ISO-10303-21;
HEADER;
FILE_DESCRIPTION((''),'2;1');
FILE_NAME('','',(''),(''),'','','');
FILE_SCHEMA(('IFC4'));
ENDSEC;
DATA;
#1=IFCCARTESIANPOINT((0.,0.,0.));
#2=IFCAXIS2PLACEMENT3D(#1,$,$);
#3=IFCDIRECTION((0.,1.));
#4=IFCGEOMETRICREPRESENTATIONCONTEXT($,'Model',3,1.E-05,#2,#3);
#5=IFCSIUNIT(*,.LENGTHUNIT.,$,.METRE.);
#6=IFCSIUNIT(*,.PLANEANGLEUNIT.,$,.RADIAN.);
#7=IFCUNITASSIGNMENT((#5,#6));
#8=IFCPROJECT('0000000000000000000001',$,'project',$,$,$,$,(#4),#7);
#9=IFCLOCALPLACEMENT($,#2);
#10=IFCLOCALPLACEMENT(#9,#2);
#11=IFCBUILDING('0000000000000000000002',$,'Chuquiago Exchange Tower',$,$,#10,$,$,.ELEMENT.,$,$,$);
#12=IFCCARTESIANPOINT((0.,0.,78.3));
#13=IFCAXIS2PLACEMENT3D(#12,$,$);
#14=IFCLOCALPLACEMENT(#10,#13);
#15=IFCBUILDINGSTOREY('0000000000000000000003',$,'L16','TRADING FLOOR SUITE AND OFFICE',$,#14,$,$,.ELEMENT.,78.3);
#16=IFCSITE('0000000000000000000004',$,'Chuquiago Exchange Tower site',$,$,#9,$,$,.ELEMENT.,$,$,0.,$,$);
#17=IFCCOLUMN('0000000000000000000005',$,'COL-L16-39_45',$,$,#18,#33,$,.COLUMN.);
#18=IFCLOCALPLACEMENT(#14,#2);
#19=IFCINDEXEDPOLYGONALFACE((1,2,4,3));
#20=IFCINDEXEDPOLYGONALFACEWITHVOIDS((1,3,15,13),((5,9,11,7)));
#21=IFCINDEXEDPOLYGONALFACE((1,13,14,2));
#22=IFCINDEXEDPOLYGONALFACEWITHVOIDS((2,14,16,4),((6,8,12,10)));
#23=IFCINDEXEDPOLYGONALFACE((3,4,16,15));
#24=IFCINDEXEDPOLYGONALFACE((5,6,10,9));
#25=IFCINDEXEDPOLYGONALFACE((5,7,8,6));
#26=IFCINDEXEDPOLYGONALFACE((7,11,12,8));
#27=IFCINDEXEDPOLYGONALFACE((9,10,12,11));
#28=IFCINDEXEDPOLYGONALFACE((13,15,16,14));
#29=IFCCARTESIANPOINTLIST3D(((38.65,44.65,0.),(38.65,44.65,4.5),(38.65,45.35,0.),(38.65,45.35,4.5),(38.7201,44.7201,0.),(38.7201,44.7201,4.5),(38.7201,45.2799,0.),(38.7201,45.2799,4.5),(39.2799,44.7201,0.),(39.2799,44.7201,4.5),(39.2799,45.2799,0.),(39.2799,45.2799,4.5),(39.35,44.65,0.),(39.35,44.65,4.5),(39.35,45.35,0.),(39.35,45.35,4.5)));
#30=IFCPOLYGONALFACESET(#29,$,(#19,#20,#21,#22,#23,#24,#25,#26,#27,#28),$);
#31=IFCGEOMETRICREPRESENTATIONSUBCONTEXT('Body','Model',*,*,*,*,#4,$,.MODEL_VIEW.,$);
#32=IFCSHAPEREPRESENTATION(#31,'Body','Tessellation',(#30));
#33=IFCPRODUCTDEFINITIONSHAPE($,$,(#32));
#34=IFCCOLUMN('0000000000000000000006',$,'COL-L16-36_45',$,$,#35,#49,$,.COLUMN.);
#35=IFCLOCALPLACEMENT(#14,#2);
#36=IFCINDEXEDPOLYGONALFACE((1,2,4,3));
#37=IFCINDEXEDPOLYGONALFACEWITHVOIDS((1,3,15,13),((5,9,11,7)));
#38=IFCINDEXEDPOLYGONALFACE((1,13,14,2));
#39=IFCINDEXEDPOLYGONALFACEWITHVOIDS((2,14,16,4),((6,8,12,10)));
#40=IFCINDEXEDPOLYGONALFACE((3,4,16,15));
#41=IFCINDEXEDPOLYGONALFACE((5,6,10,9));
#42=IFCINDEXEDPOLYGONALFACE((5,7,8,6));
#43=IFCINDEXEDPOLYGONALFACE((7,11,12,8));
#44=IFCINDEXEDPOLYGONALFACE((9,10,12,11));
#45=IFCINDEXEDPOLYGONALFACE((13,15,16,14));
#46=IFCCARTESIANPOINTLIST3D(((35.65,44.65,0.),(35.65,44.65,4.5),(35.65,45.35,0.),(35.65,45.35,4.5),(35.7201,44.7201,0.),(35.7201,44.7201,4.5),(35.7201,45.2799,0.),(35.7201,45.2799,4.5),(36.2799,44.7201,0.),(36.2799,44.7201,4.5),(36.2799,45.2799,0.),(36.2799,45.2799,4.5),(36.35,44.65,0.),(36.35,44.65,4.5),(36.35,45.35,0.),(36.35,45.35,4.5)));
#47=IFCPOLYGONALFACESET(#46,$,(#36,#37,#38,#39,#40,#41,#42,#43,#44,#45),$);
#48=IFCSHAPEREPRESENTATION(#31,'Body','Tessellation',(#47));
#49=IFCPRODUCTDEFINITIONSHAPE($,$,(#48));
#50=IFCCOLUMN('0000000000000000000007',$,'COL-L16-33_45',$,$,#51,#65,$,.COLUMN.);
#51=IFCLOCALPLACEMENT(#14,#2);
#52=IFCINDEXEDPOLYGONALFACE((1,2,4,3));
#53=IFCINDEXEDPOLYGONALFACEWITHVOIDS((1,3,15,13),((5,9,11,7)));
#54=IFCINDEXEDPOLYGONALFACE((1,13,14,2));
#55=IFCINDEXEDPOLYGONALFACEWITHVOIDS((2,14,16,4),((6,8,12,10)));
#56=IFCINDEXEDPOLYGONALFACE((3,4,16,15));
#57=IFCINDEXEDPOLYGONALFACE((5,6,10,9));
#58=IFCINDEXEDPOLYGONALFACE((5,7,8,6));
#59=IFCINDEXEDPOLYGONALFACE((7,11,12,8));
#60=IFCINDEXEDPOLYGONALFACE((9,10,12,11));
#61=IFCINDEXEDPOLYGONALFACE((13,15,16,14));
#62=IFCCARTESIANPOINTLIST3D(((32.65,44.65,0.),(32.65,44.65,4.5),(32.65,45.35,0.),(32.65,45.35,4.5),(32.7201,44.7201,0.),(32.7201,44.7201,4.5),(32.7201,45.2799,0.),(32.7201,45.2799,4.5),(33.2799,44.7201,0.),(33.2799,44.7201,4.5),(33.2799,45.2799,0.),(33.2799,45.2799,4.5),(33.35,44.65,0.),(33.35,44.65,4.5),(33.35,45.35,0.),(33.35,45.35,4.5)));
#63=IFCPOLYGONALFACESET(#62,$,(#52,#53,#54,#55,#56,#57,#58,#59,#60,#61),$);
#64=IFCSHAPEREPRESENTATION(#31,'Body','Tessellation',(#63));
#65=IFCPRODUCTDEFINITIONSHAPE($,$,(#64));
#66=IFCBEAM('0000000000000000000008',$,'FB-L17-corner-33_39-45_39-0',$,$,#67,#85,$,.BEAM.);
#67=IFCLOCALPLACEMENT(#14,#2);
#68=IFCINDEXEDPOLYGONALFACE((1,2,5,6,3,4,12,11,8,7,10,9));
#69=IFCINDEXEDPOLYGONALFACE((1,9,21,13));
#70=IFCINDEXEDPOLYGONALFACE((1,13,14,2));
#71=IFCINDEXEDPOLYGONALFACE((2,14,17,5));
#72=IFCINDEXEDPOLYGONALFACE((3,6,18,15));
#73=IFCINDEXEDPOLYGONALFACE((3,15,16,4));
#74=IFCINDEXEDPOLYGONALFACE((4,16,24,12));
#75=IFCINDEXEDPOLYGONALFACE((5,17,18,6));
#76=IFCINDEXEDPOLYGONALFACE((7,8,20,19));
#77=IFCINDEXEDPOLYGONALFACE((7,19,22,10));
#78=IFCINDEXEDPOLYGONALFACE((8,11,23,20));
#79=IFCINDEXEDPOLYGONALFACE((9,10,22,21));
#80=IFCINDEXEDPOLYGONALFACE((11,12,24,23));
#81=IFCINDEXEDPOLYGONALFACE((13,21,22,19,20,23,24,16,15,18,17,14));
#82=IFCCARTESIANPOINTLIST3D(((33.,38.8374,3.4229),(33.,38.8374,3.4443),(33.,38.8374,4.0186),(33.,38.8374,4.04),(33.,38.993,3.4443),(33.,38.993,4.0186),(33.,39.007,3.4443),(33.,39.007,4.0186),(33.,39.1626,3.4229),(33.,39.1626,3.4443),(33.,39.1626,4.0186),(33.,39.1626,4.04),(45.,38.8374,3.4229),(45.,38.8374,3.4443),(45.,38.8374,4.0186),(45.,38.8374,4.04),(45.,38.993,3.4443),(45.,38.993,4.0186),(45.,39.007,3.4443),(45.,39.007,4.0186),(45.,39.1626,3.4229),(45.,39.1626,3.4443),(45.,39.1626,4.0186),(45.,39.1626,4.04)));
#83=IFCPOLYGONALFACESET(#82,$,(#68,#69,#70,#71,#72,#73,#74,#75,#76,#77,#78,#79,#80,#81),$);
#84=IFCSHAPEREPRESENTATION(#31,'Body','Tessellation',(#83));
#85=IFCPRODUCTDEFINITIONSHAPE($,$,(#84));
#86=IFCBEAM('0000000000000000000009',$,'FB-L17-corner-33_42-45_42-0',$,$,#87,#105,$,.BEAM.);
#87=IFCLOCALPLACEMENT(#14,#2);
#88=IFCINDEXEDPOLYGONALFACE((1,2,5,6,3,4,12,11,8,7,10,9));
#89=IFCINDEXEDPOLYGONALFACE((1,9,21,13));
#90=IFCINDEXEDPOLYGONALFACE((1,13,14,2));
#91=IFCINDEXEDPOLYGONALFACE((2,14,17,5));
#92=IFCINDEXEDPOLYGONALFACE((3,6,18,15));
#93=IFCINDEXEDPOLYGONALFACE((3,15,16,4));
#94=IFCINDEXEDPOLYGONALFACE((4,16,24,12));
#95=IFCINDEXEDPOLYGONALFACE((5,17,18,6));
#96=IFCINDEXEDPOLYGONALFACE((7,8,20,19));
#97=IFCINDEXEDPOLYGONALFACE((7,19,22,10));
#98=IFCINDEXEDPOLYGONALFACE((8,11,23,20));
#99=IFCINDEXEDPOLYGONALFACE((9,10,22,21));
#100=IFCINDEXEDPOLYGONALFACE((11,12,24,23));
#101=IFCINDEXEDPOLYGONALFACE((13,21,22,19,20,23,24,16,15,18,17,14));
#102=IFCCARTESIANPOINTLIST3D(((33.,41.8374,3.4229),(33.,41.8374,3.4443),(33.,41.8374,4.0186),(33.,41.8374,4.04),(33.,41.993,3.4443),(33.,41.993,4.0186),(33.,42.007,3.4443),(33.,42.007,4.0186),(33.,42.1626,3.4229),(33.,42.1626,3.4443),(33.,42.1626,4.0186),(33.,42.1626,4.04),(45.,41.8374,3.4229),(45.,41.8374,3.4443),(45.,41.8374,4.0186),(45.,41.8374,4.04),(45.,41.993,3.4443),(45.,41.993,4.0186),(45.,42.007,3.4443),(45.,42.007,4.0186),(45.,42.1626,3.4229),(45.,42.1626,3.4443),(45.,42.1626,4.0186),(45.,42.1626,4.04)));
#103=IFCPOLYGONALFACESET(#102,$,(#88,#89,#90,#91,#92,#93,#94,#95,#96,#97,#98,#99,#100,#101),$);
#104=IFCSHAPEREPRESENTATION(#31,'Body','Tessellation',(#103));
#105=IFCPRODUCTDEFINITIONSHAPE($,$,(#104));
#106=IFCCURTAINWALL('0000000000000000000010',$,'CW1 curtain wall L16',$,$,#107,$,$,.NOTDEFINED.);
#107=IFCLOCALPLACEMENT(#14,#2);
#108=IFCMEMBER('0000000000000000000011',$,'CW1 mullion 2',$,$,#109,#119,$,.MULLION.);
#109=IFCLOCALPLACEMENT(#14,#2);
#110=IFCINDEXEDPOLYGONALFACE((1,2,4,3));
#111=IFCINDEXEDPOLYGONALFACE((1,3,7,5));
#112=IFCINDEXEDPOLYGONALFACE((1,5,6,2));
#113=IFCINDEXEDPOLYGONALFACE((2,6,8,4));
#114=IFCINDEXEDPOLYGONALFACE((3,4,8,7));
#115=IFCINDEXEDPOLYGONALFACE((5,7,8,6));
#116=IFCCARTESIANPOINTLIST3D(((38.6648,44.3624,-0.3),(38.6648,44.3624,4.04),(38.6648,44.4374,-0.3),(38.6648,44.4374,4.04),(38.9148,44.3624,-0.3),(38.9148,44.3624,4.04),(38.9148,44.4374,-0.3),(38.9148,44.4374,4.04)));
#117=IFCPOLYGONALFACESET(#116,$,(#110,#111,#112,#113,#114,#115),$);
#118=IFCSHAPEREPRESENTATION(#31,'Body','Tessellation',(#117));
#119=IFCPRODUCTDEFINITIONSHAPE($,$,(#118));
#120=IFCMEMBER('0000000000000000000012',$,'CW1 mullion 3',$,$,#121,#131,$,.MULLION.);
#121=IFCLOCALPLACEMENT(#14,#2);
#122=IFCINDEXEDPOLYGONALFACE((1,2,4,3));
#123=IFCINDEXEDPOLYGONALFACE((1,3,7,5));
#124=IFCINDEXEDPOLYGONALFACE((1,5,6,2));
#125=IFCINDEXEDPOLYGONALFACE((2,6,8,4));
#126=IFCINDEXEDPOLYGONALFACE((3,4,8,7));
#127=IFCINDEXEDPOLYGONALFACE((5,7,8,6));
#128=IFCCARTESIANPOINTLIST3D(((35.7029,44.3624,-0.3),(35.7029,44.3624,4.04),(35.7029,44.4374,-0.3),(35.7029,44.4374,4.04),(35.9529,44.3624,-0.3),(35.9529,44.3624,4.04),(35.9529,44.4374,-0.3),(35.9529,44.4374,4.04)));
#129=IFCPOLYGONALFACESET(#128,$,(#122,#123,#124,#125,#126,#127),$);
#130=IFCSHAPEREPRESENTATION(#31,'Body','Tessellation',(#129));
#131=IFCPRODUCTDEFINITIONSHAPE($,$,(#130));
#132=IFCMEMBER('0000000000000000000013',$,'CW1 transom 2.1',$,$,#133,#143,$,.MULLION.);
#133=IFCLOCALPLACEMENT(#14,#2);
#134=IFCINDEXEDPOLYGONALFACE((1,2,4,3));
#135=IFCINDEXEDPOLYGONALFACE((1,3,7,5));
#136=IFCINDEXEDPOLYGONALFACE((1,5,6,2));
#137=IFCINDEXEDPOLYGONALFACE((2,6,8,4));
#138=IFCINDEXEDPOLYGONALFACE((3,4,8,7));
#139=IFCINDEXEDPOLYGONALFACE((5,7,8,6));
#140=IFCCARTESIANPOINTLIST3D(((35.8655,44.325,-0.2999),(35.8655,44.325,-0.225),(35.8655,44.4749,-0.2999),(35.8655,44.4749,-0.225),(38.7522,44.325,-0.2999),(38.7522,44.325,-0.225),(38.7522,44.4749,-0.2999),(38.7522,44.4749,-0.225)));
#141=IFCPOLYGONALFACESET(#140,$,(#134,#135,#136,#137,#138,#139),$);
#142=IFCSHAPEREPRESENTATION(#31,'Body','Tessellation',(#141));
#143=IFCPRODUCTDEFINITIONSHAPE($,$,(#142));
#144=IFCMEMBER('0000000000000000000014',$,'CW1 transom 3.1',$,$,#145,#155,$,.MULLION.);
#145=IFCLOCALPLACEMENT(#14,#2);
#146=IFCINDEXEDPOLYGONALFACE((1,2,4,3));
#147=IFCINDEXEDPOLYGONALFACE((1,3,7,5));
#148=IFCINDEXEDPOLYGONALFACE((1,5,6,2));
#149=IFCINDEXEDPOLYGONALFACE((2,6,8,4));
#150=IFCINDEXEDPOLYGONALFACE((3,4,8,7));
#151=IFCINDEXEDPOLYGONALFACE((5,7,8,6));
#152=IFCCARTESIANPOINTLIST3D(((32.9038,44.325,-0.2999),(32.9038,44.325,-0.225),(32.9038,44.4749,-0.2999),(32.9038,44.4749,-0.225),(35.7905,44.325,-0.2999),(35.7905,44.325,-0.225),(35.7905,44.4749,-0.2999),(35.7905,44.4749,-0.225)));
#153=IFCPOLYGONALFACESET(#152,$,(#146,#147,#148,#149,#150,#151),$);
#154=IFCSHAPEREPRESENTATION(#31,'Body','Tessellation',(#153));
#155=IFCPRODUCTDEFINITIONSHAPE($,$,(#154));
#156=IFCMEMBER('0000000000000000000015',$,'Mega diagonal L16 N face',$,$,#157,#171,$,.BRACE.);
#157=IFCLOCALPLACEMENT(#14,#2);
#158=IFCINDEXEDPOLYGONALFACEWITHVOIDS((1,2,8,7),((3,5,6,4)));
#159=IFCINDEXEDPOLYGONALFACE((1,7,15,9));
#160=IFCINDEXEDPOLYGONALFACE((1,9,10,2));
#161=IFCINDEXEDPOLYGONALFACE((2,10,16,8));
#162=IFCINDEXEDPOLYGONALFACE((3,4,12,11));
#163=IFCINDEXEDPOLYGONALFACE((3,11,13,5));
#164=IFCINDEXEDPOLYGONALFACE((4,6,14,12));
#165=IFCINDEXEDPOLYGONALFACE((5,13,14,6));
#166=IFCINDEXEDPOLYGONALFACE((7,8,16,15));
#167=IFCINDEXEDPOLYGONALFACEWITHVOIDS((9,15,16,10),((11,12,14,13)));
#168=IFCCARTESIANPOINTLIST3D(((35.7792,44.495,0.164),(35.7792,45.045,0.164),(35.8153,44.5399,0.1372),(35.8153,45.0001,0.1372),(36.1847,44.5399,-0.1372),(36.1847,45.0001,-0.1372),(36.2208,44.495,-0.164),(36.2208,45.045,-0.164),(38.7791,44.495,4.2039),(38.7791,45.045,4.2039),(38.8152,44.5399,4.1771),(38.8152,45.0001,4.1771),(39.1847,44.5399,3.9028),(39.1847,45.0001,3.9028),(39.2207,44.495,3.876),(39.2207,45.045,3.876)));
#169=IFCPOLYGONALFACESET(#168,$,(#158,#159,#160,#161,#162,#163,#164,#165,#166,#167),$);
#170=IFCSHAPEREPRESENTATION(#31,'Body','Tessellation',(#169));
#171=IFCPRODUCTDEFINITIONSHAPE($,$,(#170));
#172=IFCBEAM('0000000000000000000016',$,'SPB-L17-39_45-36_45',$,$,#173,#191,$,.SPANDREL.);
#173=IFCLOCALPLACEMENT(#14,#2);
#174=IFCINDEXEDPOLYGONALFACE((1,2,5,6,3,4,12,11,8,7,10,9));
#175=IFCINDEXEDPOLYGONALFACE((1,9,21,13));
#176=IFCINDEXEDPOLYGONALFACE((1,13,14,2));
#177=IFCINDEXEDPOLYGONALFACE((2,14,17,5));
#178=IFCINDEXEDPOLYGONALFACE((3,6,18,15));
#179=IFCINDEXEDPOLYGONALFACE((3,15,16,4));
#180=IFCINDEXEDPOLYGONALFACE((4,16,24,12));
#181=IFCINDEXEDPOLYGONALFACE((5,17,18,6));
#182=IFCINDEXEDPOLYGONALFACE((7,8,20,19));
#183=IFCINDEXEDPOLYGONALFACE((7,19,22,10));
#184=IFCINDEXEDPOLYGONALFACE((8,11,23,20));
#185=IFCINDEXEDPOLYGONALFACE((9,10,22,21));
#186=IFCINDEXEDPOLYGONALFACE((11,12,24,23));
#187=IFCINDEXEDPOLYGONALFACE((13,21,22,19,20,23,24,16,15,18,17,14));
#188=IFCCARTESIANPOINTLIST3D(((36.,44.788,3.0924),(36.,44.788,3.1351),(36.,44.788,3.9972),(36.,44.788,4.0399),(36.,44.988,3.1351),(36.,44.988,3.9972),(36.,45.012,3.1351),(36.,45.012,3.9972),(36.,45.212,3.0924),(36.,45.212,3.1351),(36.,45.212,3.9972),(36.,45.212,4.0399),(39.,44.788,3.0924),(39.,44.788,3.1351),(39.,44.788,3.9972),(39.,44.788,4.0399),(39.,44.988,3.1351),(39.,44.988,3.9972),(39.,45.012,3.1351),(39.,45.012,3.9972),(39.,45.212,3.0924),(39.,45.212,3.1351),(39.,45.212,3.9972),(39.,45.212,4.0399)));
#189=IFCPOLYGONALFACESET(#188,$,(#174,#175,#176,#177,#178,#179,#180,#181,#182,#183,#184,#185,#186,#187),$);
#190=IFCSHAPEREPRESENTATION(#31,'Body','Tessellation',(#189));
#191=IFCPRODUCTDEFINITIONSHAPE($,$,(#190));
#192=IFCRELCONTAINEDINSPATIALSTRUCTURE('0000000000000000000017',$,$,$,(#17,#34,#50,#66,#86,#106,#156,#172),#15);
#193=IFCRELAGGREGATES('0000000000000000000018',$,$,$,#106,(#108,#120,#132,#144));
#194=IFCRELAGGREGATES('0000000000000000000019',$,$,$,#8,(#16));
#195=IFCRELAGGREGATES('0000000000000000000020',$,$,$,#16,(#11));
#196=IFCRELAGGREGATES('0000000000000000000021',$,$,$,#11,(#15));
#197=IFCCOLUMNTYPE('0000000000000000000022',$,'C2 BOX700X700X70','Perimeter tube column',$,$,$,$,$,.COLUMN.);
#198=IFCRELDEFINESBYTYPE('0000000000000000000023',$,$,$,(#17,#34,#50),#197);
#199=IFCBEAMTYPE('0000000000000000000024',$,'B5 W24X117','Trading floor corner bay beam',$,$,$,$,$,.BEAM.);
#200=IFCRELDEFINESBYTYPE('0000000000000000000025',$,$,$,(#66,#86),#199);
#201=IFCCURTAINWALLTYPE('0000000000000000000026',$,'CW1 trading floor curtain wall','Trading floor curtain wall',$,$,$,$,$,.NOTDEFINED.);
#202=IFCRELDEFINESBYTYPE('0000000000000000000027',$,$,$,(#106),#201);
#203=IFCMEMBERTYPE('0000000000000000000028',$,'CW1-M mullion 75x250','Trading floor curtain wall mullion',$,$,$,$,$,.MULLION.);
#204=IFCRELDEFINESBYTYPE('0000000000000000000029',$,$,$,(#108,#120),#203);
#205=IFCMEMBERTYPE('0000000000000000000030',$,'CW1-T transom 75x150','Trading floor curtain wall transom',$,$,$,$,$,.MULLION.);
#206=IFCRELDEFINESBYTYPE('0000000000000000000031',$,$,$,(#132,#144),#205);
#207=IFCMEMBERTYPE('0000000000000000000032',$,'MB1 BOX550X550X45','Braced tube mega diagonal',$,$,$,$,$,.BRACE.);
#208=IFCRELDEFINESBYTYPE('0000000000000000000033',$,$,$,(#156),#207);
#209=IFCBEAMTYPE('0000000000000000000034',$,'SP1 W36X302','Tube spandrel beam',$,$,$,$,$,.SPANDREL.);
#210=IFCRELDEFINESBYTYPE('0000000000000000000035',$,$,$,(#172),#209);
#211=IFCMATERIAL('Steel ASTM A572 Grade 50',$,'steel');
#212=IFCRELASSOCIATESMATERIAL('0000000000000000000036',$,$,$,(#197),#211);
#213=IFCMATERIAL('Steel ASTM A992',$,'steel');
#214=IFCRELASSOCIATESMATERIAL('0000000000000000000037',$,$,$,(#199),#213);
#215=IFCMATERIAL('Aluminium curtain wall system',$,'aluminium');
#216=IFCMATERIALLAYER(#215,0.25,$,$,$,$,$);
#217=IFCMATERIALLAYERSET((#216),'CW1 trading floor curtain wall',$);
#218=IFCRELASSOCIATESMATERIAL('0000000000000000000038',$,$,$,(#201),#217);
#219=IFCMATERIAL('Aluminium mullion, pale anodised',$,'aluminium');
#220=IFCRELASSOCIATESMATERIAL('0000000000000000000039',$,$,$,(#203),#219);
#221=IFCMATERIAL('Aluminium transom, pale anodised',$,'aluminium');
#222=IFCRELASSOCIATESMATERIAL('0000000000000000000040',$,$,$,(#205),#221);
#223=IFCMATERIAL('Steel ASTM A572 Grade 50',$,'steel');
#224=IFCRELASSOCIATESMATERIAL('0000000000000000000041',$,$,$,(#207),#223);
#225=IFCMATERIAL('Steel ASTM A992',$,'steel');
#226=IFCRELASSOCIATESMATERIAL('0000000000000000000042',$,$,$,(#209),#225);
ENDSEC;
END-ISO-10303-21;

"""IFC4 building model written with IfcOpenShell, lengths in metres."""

from ifc_helpers import new_model, si_unit, direction, frame, origin, origin_2d, place, context, subcontext, project, spatial, rectangle, hollow_rectangle, i_section, extrude, material, layer, layer_set, material_profile, profile_set, type_object, element, aggregate, save


model = new_model("IFC4")

# Units and contexts
model_context = context("Model", 3, precision=1e-05, world=origin(), true_north=direction((0.0, 1.0)))
body_context = subcontext(model_context, "Body", "Model", "MODEL_VIEW")
ifc_project = project(units=[si_unit("LENGTHUNIT", "METRE"), si_unit("PLANEANGLEUNIT", "RADIAN")], contexts=[model_context])

# Site, building, storey
site_placement = place(None, origin())
site = spatial("IfcSite", under=ifc_project, at=site_placement, Name="Chuquiago Exchange Tower site", CompositionType="ELEMENT", RefElevation=0.0)
building_placement = place(site_placement, origin())
building = spatial("IfcBuilding", under=site, at=building_placement, Name="Chuquiago Exchange Tower", CompositionType="ELEMENT")
storey_placement = place(building_placement, frame((0.0, 0.0, 78.3)))
storey = spatial("IfcBuildingStorey", under=building, at=storey_placement, Name="L16", Description="TRADING FLOOR SUITE AND OFFICE", CompositionType="ELEMENT", Elevation=78.3)

# Columns
ifc_material_1 = material(Name="Steel ASTM A572 Grade 50", Category="steel")
ifc_material_profile_1 = material_profile(ifc_material_1, hollow_rectangle(XDim=0.7, YDim=0.7, WallThickness=0.0701, at=origin_2d()), Name="BOX700X700X70")
ifc_profile_set_1 = profile_set([ifc_material_profile_1], Name="Steel ASTM A572 Grade 50")
column_type = type_object("IfcColumnType", Name="C2 BOX700X700X70", Description="Perimeter tube column", PredefinedType="COLUMN", material=ifc_profile_set_1)
for number, where, z_axis, x_axis, name in (
    (1, (39.0, 45.0, 0.0), (0.0, 0.0, 1.0), (0.0, 1.0, 0.0), "COL-L16-39_45"),
    (2, (36.0, 45.0, 0.0), (0.0, 0.0, 1.0), (0.0, 1.0, 0.0), "COL-L16-36_45"),
    (3, (33.0, 45.0, 0.0), (0.0, 0.0, 1.0), (0.0, 1.0, 0.0), "COL-L16-33_45"),
):
    element("IfcColumn", number, at=place(storey_placement, frame(where, z_axis=z_axis, x_axis=x_axis)), inside=storey, type_object=column_type, Name=name, PredefinedType="COLUMN", context=body_context, shape_type="SweptSolid", body=[
        extrude(hollow_rectangle(XDim=0.7, YDim=0.7, WallThickness=0.0701, at=origin_2d()), origin(), (0.0, 0.0, 1.0), 4.5),
    ])

# Beams
ifc_material_2 = material(Name="Steel ASTM A992", Category="steel")
ifc_material_profile_2 = material_profile(ifc_material_2, i_section(OverallWidth=0.3252, OverallDepth=0.6172, WebThickness=0.0139, FlangeThickness=0.0215, at=origin_2d()), Name="W24X117")
ifc_profile_set_2 = profile_set([ifc_material_profile_2], Name="Steel ASTM A992")
beam_type_1 = type_object("IfcBeamType", Name="B5 W24X117", Description="Trading floor corner bay beam", PredefinedType="BEAM", material=ifc_profile_set_2)
for number, where, z_axis, x_axis, name in (
    (4, (33.0, 39.0, 3.7314), (1.0, 0.0, 0.0), (0.0, 1.0, 0.0), "FB-L17-corner-33_39-45_39-0"),
    (5, (33.0, 42.0, 3.7314), (1.0, 0.0, 0.0), (0.0, 1.0, 0.0), "FB-L17-corner-33_42-45_42-0"),
):
    element("IfcBeam", number, at=place(storey_placement, frame(where, z_axis=z_axis, x_axis=x_axis)), inside=storey, type_object=beam_type_1, Name=name, PredefinedType="BEAM", context=body_context, shape_type="SweptSolid", body=[
        extrude(i_section(OverallWidth=0.3252, OverallDepth=0.6172, WebThickness=0.0139, FlangeThickness=0.0215, at=origin_2d()), origin(), (0.0, 0.0, 1.0), 12.0),
    ])

# Curtain wall, members
ifc_material_3 = material(Name="Aluminium curtain wall system", Category="aluminium")
ifc_layer_1 = layer(ifc_material_3, 0.25)
ifc_layer_set_1 = layer_set([ifc_layer_1], Name="CW1 trading floor curtain wall")
curtain_wall_type = type_object("IfcCurtainWallType", Name="CW1 trading floor curtain wall", Description="Trading floor curtain wall", PredefinedType="NOTDEFINED", material=ifc_layer_set_1)
curtain_wall_placement = place(storey_placement, origin())
curtain_wall = element("IfcCurtainWall", 6, at=curtain_wall_placement, inside=storey, type_object=curtain_wall_type, Name="CW1 curtain wall L16", PredefinedType="NOTDEFINED")
ifc_material_4 = material(Name="Aluminium mullion, pale anodised", Category="aluminium")
ifc_material_profile_3 = material_profile(ifc_material_4, rectangle(XDim=0.075, YDim=0.25, at=origin_2d()), Name="AL 75x250")
ifc_profile_set_3 = profile_set([ifc_material_profile_3], Name="Aluminium mullion, pale anodised")
member_type_1 = type_object("IfcMemberType", Name="CW1-M mullion 75x250", Description="Trading floor curtain wall mullion", PredefinedType="MULLION", material=ifc_profile_set_3)
member_1_placement = place(storey_placement, frame((38.7898, 44.3999, -0.3), z_axis=(0.0, 0.0, 1.0), x_axis=(0.0, -1.0, 0.0)))
member_1 = element("IfcMember", 7, at=member_1_placement, type_object=member_type_1, Name="CW1 mullion 2", PredefinedType="MULLION", context=body_context, shape_type="SweptSolid", body=[
    extrude(rectangle(XDim=0.075, YDim=0.25, at=origin_2d()), origin(), (0.0, 0.0, 1.0), 4.3401),
])
member_2_placement = place(storey_placement, frame((35.8279, 44.3999, -0.3), z_axis=(0.0, 0.0, 1.0), x_axis=(0.0, -1.0, 0.0)))
member_2 = element("IfcMember", 8, at=member_2_placement, type_object=member_type_1, Name="CW1 mullion 3", PredefinedType="MULLION", context=body_context, shape_type="SweptSolid", body=[
    extrude(rectangle(XDim=0.075, YDim=0.25, at=origin_2d()), origin(), (0.0, 0.0, 1.0), 4.3401),
])
ifc_material_5 = material(Name="Aluminium transom, pale anodised", Category="aluminium")
ifc_material_profile_4 = material_profile(ifc_material_5, rectangle(XDim=0.1499, YDim=0.075, at=origin_2d()), Name="AL 150x75")
ifc_profile_set_4 = profile_set([ifc_material_profile_4], Name="Aluminium transom, pale anodised")
member_type_2 = type_object("IfcMemberType", Name="CW1-T transom 75x150", Description="Trading floor curtain wall transom", PredefinedType="MULLION", material=ifc_profile_set_4)
member_3_placement = place(storey_placement, frame((38.7522, 44.3999, -0.2625), z_axis=(-1.0, 0.0, 0.0), x_axis=(0.0, -1.0, 0.0)))
member_3 = element("IfcMember", 9, at=member_3_placement, type_object=member_type_2, Name="CW1 transom 2.1", PredefinedType="MULLION", context=body_context, shape_type="SweptSolid", body=[
    extrude(rectangle(XDim=0.1499, YDim=0.075, at=origin_2d()), origin(), (0.0, 0.0, 1.0), 2.8867),
])
member_4_placement = place(storey_placement, frame((35.7905, 44.3999, -0.2625), z_axis=(-1.0, 0.0, 0.0), x_axis=(0.0, -1.0, 0.0)))
member_4 = element("IfcMember", 10, at=member_4_placement, type_object=member_type_2, Name="CW1 transom 3.1", PredefinedType="MULLION", context=body_context, shape_type="SweptSolid", body=[
    extrude(rectangle(XDim=0.1499, YDim=0.075, at=origin_2d()), origin(), (0.0, 0.0, 1.0), 2.8867),
])

# Member
ifc_material_6 = material(Name="Steel ASTM A572 Grade 50", Category="steel")
ifc_material_profile_5 = material_profile(ifc_material_6, hollow_rectangle(XDim=0.55, YDim=0.55, WallThickness=0.0449, at=origin_2d()), Name="BOX550X550X45")
ifc_profile_set_5 = profile_set([ifc_material_profile_5], Name="Steel ASTM A572 Grade 50")
member_type_3 = type_object("IfcMemberType", Name="MB1 BOX550X550X45", Description="Braced tube mega diagonal", PredefinedType="BRACE", material=ifc_profile_set_5)
member_5_placement = place(storey_placement, frame((36.0, 44.77, 0.0), z_axis=(0.596174, 0.0, 0.802855), x_axis=(0.0, 1.0, 0.0)))
element("IfcMember", 11, at=member_5_placement, inside=storey, type_object=member_type_3, Name="Mega diagonal L16 N face", PredefinedType="BRACE", context=body_context, shape_type="SweptSolid", body=[
    extrude(hollow_rectangle(XDim=0.55, YDim=0.55, WallThickness=0.0449, at=origin_2d()), origin(), (0.0, 0.0, 1.0), 5.032),
])

# Beam
ifc_material_7 = material(Name="Steel ASTM A992", Category="steel")
ifc_material_profile_6 = material_profile(ifc_material_7, i_section(OverallWidth=0.4241, OverallDepth=0.9475, WebThickness=0.0239, FlangeThickness=0.0427, at=origin_2d()), Name="W36X302")
ifc_profile_set_6 = profile_set([ifc_material_profile_6], Name="Steel ASTM A992")
beam_type_2 = type_object("IfcBeamType", Name="SP1 W36X302", Description="Tube spandrel beam", PredefinedType="SPANDREL", material=ifc_profile_set_6)
for number, where, z_axis, x_axis, name in (
    (12, (39.0, 45.0, 3.5662), (-1.0, 0.0, 0.0), (0.0, -1.0, 0.0), "SPB-L17-39_45-36_45"),
):
    element("IfcBeam", number, at=place(storey_placement, frame(where, z_axis=z_axis, x_axis=x_axis)), inside=storey, type_object=beam_type_2, Name=name, PredefinedType="SPANDREL", context=body_context, shape_type="SweptSolid", body=[
        extrude(i_section(OverallWidth=0.4241, OverallDepth=0.9475, WebThickness=0.0239, FlangeThickness=0.0427, at=origin_2d()), origin(), (0.0, 0.0, 1.0), 3.0),
    ])

aggregate(curtain_wall, [member_1, member_2, member_3, member_4])

save(model, "model.ifc")
